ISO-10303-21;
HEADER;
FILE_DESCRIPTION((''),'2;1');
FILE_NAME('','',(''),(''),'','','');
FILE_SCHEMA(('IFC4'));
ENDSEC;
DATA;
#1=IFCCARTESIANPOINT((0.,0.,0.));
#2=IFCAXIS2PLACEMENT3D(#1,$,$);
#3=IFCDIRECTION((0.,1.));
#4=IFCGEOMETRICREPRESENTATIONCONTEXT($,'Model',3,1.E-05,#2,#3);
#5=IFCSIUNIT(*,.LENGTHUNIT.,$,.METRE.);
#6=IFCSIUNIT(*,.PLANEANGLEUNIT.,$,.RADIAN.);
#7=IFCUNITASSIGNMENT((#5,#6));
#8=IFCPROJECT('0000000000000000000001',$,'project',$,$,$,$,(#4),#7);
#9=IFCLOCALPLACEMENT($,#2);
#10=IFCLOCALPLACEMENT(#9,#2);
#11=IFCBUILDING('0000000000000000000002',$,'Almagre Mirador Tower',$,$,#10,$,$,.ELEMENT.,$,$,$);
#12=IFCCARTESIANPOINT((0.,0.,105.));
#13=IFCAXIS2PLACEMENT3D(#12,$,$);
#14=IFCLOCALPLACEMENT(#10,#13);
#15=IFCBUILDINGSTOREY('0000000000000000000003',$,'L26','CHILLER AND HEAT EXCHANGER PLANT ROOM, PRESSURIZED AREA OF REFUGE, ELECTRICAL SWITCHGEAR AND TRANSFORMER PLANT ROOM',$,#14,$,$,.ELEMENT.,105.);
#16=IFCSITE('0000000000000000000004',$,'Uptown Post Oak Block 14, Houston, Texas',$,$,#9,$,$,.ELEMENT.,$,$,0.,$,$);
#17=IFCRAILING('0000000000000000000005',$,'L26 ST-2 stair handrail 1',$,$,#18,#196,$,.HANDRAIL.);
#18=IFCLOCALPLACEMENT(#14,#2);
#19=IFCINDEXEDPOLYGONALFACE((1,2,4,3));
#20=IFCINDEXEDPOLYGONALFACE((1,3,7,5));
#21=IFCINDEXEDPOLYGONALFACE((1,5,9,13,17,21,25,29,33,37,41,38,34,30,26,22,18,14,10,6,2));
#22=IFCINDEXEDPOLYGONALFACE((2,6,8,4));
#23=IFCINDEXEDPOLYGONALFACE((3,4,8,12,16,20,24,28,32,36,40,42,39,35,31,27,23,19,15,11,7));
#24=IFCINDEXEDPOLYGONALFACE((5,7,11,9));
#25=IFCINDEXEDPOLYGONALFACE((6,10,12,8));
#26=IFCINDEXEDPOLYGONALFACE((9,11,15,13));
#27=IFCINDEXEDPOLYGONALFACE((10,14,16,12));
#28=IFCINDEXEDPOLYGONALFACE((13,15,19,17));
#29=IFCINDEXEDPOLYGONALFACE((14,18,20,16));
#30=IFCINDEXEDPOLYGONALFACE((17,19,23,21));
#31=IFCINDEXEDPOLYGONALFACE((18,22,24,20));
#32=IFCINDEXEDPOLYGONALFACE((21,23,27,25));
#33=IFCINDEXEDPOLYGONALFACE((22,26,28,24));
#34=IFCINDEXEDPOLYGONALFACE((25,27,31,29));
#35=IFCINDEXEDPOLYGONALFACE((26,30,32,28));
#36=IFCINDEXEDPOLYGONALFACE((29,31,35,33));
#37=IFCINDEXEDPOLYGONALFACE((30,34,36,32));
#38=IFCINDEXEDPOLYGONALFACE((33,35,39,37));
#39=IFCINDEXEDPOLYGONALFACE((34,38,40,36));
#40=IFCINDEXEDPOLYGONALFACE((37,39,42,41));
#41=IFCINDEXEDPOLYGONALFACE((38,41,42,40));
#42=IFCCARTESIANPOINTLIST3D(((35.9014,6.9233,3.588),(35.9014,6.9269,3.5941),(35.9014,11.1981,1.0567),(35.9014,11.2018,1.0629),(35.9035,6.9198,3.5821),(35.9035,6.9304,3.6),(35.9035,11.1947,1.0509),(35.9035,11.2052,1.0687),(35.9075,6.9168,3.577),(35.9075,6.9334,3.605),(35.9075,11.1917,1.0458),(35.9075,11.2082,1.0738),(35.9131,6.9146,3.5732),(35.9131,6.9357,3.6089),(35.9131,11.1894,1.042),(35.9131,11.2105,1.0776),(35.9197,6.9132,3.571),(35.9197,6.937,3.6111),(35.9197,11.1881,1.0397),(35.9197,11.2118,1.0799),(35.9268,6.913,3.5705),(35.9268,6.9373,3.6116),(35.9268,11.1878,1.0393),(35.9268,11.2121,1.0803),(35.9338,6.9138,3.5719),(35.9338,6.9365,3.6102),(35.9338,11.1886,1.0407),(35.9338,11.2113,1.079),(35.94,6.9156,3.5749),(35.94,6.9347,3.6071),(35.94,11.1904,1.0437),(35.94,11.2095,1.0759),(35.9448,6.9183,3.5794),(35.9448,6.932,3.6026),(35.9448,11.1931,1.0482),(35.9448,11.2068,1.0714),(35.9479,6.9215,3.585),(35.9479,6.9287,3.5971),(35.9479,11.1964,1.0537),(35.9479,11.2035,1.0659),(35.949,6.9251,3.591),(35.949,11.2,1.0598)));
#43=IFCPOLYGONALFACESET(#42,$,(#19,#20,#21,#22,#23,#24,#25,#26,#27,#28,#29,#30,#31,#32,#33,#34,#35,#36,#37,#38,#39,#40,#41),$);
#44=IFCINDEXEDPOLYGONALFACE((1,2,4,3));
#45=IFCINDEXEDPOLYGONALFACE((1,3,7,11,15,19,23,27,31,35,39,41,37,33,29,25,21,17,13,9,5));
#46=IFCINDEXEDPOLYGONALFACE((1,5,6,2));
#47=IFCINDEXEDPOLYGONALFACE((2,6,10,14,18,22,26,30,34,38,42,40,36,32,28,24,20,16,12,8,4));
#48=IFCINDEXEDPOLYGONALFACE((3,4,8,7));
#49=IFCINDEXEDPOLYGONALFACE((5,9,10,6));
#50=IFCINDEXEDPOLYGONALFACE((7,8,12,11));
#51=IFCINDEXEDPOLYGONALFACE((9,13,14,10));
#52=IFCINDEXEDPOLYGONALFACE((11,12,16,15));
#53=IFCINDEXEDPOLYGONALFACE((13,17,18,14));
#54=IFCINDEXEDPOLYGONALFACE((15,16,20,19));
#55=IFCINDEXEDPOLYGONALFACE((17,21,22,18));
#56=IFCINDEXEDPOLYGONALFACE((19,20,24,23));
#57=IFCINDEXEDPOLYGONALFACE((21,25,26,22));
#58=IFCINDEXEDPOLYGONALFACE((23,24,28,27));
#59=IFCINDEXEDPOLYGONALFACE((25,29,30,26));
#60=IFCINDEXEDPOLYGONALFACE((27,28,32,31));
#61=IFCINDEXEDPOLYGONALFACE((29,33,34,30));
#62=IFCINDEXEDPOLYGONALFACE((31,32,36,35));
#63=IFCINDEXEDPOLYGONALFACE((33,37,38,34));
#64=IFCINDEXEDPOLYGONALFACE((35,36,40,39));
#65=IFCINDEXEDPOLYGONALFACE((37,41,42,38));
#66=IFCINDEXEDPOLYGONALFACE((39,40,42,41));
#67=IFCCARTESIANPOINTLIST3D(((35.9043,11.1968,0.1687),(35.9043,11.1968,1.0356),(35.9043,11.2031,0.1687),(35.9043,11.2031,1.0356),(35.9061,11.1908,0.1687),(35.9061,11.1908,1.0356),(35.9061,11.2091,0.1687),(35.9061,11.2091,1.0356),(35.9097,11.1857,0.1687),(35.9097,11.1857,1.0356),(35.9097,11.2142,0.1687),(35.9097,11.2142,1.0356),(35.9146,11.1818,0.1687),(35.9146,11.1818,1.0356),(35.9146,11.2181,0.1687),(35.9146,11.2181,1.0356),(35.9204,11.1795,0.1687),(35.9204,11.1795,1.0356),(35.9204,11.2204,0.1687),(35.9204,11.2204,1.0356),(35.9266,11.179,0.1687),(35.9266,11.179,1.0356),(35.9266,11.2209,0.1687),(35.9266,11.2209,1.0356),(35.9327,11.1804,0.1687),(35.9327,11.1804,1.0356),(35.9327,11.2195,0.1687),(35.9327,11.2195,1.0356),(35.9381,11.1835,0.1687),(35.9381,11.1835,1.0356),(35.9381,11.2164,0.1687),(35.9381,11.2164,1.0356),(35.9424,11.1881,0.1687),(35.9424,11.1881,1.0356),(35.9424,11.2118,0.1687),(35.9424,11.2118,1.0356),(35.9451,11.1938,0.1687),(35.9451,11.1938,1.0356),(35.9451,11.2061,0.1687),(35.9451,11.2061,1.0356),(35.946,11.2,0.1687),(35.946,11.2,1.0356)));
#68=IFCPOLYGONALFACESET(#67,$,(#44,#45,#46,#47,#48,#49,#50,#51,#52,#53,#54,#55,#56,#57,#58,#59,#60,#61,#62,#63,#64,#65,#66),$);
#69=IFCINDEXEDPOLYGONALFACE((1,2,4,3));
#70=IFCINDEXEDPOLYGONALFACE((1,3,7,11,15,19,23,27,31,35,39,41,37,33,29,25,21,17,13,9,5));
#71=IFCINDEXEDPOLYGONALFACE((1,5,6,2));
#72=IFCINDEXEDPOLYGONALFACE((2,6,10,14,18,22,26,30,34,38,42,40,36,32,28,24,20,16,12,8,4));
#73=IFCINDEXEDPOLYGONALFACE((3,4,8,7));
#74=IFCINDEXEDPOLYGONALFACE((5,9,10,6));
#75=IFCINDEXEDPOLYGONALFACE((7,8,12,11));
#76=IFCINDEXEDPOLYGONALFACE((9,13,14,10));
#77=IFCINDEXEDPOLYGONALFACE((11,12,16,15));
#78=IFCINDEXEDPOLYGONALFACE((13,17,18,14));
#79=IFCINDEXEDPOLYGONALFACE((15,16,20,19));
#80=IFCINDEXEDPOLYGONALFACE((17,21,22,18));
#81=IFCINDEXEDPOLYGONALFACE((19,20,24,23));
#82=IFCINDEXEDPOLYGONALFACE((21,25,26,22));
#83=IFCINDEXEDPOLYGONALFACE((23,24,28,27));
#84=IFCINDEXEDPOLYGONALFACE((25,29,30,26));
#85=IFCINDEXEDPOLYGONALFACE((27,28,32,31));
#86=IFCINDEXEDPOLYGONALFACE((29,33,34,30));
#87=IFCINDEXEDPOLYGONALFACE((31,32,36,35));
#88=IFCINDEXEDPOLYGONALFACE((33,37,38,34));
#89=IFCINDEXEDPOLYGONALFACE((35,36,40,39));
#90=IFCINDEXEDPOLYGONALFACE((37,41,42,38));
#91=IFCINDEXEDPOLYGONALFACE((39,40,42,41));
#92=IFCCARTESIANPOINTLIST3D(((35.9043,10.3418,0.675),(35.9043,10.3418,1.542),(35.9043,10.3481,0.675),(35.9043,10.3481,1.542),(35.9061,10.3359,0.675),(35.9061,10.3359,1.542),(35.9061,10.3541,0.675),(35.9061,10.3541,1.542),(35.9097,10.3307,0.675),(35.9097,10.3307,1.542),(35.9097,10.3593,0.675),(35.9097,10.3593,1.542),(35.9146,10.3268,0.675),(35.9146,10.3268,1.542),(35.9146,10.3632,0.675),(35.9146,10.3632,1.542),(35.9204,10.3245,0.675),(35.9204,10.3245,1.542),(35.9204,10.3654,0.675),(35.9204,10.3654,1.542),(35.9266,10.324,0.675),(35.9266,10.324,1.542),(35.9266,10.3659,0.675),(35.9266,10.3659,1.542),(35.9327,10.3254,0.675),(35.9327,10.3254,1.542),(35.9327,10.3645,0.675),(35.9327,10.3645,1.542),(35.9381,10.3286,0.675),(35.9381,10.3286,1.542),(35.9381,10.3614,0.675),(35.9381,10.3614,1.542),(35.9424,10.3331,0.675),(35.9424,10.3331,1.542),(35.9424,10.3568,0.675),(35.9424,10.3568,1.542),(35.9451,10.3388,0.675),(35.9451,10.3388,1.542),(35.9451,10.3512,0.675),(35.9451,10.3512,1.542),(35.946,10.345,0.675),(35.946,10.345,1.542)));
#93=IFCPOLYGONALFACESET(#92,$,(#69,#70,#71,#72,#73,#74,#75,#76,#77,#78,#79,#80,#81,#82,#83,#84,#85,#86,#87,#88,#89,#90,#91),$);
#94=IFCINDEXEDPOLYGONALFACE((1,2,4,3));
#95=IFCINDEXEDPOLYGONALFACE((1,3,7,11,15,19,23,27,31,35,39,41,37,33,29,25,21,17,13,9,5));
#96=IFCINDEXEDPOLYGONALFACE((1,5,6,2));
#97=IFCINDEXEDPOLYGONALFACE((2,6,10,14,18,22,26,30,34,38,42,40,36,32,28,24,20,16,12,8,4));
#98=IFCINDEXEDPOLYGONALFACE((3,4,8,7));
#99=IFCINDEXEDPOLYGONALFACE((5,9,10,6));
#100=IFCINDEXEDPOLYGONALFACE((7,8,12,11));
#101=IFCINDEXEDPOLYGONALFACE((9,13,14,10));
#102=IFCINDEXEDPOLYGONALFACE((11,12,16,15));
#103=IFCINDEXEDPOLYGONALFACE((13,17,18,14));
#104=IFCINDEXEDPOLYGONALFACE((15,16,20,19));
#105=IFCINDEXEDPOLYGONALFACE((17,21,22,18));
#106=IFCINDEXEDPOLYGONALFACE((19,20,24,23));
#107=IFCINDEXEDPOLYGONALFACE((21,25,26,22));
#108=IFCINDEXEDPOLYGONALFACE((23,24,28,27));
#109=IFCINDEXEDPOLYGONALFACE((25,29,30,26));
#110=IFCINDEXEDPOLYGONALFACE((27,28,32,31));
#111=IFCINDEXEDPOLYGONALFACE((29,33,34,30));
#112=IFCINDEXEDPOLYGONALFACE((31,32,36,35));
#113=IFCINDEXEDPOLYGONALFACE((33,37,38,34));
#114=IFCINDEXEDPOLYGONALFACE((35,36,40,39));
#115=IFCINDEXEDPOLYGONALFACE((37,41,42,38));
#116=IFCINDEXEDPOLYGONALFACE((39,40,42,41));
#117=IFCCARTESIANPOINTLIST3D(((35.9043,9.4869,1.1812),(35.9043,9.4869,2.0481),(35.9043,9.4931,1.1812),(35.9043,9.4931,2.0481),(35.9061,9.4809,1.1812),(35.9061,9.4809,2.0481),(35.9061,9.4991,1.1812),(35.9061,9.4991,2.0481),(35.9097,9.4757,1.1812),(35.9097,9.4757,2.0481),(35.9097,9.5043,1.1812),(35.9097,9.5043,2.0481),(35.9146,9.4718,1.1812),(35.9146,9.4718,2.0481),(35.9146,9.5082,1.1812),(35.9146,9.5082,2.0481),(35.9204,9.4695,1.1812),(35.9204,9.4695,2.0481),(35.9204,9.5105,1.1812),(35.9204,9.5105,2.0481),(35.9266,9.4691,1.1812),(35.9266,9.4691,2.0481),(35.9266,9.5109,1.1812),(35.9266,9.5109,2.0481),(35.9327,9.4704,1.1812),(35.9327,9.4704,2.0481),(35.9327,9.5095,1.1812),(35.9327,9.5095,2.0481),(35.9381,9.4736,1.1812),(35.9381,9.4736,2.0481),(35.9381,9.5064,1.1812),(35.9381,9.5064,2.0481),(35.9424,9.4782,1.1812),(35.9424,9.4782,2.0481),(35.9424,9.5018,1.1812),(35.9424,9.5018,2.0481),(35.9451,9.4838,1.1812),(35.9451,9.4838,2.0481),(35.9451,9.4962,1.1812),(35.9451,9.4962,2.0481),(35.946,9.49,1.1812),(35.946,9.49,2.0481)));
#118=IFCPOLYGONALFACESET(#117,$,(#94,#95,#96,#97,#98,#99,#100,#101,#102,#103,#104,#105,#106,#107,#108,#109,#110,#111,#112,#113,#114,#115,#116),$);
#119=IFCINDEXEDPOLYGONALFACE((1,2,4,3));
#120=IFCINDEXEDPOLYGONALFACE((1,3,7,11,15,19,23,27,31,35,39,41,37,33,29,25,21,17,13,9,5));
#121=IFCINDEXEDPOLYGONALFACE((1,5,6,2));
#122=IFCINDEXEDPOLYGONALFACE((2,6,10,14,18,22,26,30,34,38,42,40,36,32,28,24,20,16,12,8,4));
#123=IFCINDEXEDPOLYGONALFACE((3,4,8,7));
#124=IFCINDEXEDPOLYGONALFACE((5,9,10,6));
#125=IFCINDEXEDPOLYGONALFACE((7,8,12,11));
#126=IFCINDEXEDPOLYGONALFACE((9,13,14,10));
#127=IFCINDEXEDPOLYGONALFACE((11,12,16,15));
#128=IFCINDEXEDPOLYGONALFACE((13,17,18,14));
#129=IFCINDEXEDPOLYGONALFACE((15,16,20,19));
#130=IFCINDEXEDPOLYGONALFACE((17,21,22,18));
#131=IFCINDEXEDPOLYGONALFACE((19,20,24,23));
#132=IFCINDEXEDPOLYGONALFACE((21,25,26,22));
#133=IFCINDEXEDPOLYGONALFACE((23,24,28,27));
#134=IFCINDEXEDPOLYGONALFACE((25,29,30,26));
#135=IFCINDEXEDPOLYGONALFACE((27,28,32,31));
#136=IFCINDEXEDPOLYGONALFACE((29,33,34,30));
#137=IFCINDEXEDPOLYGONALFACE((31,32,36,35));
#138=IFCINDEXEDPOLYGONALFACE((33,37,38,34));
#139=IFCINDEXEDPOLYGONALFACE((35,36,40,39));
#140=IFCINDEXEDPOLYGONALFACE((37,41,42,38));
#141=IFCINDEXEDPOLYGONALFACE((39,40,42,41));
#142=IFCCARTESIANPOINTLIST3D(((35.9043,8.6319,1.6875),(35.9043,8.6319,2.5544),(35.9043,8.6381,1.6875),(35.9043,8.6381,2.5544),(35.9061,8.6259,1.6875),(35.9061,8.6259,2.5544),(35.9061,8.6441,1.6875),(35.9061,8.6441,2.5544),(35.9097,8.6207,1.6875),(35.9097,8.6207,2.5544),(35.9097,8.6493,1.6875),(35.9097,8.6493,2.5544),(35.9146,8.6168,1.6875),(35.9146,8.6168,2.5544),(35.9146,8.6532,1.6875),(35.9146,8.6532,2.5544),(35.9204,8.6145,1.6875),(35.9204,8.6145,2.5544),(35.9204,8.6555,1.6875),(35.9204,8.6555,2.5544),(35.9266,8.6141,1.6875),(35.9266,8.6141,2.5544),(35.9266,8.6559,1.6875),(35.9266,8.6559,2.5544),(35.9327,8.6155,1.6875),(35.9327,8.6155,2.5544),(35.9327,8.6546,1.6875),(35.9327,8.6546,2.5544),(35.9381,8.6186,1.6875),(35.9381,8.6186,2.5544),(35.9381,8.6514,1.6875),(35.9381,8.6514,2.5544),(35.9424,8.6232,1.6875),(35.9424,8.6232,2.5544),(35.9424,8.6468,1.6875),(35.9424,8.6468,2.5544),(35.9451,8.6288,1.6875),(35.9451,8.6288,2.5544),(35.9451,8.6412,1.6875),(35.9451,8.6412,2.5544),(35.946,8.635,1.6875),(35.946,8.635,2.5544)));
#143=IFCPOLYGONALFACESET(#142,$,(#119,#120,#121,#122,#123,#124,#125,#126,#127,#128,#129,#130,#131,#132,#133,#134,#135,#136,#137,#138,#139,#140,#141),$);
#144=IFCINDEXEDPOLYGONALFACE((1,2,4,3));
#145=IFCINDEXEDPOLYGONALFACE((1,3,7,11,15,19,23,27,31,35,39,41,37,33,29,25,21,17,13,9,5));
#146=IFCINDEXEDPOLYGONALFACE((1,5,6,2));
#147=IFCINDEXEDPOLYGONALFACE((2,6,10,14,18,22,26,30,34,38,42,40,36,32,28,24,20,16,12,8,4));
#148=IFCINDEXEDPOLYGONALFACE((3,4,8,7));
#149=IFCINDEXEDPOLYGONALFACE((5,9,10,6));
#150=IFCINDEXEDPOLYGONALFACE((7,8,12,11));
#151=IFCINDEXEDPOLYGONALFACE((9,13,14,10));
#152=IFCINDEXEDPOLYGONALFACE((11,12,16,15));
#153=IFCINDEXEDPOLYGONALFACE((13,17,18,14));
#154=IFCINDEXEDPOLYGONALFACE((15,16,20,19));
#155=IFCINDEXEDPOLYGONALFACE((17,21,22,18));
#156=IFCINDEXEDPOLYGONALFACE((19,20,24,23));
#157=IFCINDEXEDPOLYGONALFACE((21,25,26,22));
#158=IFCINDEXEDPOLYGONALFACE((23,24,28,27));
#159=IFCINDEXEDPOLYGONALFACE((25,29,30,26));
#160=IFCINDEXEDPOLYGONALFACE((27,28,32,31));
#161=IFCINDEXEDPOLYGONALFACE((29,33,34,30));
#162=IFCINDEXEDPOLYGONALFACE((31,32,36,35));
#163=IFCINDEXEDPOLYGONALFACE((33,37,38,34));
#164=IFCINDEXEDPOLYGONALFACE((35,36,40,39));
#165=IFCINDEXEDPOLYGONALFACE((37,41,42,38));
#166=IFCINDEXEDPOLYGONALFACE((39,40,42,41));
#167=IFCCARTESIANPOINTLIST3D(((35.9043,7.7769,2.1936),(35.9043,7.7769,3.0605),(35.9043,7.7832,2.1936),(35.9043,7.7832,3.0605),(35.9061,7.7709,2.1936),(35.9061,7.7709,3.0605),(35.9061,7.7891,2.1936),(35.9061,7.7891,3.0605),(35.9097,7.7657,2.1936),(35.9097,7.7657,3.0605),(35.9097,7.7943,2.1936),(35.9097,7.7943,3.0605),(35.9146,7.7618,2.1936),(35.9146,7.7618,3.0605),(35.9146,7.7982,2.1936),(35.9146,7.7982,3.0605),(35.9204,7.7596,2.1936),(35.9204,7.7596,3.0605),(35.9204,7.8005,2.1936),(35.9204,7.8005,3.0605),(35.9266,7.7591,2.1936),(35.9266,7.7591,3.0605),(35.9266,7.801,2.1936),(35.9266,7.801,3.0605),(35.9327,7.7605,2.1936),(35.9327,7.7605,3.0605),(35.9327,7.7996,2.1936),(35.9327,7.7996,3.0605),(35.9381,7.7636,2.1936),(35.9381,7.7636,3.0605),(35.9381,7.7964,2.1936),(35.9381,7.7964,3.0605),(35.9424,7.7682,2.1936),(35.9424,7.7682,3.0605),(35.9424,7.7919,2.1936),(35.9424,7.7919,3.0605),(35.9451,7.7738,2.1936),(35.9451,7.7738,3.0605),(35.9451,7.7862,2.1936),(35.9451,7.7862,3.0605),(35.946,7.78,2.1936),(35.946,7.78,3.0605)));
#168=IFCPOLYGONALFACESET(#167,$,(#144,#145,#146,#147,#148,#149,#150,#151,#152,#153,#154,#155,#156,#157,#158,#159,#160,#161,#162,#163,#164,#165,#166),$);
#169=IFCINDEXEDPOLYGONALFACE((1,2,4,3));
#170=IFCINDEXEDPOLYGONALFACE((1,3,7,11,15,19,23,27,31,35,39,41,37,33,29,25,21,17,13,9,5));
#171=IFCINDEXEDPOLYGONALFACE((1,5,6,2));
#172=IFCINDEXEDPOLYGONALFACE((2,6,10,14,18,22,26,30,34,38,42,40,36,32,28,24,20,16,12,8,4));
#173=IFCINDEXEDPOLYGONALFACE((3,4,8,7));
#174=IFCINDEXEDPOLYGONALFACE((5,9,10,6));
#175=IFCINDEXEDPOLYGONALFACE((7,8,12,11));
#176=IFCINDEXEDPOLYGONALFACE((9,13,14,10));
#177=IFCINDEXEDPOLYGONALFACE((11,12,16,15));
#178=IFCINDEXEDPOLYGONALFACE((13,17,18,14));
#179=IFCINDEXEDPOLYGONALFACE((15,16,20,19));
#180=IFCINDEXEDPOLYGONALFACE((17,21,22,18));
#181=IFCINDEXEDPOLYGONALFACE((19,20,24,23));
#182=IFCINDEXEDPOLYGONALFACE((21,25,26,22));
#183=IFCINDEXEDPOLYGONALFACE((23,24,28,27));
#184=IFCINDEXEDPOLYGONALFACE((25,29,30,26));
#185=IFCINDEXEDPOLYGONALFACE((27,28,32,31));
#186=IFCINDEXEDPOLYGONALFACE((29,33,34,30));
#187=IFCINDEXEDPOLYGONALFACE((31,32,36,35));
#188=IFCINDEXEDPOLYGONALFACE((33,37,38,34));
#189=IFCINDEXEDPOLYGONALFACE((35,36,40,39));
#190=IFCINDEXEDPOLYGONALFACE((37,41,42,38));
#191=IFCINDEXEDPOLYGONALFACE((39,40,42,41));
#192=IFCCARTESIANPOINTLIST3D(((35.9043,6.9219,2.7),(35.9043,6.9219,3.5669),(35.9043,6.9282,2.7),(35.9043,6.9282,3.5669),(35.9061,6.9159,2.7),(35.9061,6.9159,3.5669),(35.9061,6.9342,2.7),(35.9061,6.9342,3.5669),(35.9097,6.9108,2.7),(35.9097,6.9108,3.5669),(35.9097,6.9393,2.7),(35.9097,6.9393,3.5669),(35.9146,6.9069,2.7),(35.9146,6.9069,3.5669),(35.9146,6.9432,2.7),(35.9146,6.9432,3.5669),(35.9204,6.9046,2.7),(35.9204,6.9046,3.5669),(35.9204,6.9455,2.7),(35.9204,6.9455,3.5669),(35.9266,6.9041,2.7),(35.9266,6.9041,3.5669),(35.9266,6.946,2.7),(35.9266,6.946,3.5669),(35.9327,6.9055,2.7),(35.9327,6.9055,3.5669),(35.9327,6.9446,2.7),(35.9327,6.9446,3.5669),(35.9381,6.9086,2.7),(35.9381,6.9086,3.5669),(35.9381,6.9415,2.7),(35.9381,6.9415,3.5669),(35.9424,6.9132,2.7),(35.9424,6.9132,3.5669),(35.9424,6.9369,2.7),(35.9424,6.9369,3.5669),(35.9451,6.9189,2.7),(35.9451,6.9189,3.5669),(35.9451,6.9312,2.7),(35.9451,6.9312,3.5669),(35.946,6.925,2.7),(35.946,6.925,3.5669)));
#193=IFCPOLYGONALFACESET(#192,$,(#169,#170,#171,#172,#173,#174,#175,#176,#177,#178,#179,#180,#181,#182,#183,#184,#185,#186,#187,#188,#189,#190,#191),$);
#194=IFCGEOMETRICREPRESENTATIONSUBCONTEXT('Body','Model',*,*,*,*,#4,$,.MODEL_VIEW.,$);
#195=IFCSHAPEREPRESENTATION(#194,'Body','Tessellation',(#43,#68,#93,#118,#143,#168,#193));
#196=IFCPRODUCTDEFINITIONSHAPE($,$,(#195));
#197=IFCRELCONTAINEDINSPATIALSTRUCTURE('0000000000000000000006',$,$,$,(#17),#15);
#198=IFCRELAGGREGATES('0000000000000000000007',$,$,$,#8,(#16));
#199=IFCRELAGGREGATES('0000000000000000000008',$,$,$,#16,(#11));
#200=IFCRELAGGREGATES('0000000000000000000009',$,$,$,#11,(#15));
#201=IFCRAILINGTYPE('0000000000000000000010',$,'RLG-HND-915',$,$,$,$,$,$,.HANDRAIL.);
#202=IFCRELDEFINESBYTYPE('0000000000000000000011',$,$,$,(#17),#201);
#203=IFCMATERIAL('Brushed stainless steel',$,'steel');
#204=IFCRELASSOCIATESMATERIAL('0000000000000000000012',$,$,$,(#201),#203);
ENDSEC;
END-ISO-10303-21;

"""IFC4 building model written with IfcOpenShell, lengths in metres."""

from ifc_helpers import new_model, si_unit, direction, frame, origin, origin_2d, place, context, subcontext, project, spatial, circle, extrude, material, type_object, element, save


model = new_model("IFC4")

# Units and contexts
model_context = context("Model", 3, precision=1e-05, world=origin(), true_north=direction((0.0, 1.0)))
body_context = subcontext(model_context, "Body", "Model", "MODEL_VIEW")
ifc_project = project(units=[si_unit("LENGTHUNIT", "METRE"), si_unit("PLANEANGLEUNIT", "RADIAN")], contexts=[model_context])

# Site, building, storey
site_placement = place(None, origin())
site = spatial("IfcSite", under=ifc_project, at=site_placement, Name="Uptown Post Oak Block 14, Houston, Texas", CompositionType="ELEMENT", RefElevation=0.0)
building_placement = place(site_placement, origin())
building = spatial("IfcBuilding", under=site, at=building_placement, Name="Almagre Mirador Tower", CompositionType="ELEMENT")
storey_placement = place(building_placement, frame((0.0, 0.0, 105.0)))
storey = spatial("IfcBuildingStorey", under=building, at=storey_placement, Name="L26", Description="CHILLER AND HEAT EXCHANGER PLANT ROOM, PRESSURIZED AREA OF REFUGE, ELECTRICAL SWITCHGEAR AND TRANSFORMER PLANT ROOM", CompositionType="ELEMENT", Elevation=105.0)

# Railing
ifc_material_1 = material(Name="Brushed stainless steel", Category="steel")
railing_type_1 = type_object("IfcRailingType", Name="RLG-HND-915", PredefinedType="HANDRAIL", material=ifc_material_1)
railing_1_placement = place(storey_placement, frame((35.925, 11.2, 0.1687)))
element("IfcRailing", 1, at=railing_1_placement, inside=storey, type_object=railing_type_1, Name="L26 ST-2 stair handrail 1", PredefinedType="HANDRAIL", context=body_context, shape_type="SweptSolid", body=[
    extrude(circle(Radius=0.0239, at=origin_2d()), frame((0.0, 0.0, 0.8911), z_axis=(0.0, -0.86047, 0.509501), x_axis=(1.0, 0.0, 0.0)), (0.0, 0.0, 1.0), 4.968),
    extrude(circle(Radius=0.021, at=origin_2d()), origin(), (0.0, 0.0, 1.0), 0.8669),
    extrude(circle(Radius=0.021, at=origin_2d()), frame((0.0, -0.855, 0.5063)), (0.0, 0.0, 1.0), 0.8669),
    extrude(circle(Radius=0.021, at=origin_2d()), frame((0.0, -1.71, 1.0125)), (0.0, 0.0, 1.0), 0.8669),
    extrude(circle(Radius=0.021, at=origin_2d()), frame((0.0, -2.5649, 1.5188)), (0.0, 0.0, 1.0), 0.8669),
    extrude(circle(Radius=0.021, at=origin_2d()), frame((0.0, -3.4199, 2.0249)), (0.0, 0.0, 1.0), 0.8669),
    extrude(circle(Radius=0.021, at=origin_2d()), frame((0.0, -4.2749, 2.5312)), (0.0, 0.0, 1.0), 0.8669),
])

save(model, "model.ifc")
